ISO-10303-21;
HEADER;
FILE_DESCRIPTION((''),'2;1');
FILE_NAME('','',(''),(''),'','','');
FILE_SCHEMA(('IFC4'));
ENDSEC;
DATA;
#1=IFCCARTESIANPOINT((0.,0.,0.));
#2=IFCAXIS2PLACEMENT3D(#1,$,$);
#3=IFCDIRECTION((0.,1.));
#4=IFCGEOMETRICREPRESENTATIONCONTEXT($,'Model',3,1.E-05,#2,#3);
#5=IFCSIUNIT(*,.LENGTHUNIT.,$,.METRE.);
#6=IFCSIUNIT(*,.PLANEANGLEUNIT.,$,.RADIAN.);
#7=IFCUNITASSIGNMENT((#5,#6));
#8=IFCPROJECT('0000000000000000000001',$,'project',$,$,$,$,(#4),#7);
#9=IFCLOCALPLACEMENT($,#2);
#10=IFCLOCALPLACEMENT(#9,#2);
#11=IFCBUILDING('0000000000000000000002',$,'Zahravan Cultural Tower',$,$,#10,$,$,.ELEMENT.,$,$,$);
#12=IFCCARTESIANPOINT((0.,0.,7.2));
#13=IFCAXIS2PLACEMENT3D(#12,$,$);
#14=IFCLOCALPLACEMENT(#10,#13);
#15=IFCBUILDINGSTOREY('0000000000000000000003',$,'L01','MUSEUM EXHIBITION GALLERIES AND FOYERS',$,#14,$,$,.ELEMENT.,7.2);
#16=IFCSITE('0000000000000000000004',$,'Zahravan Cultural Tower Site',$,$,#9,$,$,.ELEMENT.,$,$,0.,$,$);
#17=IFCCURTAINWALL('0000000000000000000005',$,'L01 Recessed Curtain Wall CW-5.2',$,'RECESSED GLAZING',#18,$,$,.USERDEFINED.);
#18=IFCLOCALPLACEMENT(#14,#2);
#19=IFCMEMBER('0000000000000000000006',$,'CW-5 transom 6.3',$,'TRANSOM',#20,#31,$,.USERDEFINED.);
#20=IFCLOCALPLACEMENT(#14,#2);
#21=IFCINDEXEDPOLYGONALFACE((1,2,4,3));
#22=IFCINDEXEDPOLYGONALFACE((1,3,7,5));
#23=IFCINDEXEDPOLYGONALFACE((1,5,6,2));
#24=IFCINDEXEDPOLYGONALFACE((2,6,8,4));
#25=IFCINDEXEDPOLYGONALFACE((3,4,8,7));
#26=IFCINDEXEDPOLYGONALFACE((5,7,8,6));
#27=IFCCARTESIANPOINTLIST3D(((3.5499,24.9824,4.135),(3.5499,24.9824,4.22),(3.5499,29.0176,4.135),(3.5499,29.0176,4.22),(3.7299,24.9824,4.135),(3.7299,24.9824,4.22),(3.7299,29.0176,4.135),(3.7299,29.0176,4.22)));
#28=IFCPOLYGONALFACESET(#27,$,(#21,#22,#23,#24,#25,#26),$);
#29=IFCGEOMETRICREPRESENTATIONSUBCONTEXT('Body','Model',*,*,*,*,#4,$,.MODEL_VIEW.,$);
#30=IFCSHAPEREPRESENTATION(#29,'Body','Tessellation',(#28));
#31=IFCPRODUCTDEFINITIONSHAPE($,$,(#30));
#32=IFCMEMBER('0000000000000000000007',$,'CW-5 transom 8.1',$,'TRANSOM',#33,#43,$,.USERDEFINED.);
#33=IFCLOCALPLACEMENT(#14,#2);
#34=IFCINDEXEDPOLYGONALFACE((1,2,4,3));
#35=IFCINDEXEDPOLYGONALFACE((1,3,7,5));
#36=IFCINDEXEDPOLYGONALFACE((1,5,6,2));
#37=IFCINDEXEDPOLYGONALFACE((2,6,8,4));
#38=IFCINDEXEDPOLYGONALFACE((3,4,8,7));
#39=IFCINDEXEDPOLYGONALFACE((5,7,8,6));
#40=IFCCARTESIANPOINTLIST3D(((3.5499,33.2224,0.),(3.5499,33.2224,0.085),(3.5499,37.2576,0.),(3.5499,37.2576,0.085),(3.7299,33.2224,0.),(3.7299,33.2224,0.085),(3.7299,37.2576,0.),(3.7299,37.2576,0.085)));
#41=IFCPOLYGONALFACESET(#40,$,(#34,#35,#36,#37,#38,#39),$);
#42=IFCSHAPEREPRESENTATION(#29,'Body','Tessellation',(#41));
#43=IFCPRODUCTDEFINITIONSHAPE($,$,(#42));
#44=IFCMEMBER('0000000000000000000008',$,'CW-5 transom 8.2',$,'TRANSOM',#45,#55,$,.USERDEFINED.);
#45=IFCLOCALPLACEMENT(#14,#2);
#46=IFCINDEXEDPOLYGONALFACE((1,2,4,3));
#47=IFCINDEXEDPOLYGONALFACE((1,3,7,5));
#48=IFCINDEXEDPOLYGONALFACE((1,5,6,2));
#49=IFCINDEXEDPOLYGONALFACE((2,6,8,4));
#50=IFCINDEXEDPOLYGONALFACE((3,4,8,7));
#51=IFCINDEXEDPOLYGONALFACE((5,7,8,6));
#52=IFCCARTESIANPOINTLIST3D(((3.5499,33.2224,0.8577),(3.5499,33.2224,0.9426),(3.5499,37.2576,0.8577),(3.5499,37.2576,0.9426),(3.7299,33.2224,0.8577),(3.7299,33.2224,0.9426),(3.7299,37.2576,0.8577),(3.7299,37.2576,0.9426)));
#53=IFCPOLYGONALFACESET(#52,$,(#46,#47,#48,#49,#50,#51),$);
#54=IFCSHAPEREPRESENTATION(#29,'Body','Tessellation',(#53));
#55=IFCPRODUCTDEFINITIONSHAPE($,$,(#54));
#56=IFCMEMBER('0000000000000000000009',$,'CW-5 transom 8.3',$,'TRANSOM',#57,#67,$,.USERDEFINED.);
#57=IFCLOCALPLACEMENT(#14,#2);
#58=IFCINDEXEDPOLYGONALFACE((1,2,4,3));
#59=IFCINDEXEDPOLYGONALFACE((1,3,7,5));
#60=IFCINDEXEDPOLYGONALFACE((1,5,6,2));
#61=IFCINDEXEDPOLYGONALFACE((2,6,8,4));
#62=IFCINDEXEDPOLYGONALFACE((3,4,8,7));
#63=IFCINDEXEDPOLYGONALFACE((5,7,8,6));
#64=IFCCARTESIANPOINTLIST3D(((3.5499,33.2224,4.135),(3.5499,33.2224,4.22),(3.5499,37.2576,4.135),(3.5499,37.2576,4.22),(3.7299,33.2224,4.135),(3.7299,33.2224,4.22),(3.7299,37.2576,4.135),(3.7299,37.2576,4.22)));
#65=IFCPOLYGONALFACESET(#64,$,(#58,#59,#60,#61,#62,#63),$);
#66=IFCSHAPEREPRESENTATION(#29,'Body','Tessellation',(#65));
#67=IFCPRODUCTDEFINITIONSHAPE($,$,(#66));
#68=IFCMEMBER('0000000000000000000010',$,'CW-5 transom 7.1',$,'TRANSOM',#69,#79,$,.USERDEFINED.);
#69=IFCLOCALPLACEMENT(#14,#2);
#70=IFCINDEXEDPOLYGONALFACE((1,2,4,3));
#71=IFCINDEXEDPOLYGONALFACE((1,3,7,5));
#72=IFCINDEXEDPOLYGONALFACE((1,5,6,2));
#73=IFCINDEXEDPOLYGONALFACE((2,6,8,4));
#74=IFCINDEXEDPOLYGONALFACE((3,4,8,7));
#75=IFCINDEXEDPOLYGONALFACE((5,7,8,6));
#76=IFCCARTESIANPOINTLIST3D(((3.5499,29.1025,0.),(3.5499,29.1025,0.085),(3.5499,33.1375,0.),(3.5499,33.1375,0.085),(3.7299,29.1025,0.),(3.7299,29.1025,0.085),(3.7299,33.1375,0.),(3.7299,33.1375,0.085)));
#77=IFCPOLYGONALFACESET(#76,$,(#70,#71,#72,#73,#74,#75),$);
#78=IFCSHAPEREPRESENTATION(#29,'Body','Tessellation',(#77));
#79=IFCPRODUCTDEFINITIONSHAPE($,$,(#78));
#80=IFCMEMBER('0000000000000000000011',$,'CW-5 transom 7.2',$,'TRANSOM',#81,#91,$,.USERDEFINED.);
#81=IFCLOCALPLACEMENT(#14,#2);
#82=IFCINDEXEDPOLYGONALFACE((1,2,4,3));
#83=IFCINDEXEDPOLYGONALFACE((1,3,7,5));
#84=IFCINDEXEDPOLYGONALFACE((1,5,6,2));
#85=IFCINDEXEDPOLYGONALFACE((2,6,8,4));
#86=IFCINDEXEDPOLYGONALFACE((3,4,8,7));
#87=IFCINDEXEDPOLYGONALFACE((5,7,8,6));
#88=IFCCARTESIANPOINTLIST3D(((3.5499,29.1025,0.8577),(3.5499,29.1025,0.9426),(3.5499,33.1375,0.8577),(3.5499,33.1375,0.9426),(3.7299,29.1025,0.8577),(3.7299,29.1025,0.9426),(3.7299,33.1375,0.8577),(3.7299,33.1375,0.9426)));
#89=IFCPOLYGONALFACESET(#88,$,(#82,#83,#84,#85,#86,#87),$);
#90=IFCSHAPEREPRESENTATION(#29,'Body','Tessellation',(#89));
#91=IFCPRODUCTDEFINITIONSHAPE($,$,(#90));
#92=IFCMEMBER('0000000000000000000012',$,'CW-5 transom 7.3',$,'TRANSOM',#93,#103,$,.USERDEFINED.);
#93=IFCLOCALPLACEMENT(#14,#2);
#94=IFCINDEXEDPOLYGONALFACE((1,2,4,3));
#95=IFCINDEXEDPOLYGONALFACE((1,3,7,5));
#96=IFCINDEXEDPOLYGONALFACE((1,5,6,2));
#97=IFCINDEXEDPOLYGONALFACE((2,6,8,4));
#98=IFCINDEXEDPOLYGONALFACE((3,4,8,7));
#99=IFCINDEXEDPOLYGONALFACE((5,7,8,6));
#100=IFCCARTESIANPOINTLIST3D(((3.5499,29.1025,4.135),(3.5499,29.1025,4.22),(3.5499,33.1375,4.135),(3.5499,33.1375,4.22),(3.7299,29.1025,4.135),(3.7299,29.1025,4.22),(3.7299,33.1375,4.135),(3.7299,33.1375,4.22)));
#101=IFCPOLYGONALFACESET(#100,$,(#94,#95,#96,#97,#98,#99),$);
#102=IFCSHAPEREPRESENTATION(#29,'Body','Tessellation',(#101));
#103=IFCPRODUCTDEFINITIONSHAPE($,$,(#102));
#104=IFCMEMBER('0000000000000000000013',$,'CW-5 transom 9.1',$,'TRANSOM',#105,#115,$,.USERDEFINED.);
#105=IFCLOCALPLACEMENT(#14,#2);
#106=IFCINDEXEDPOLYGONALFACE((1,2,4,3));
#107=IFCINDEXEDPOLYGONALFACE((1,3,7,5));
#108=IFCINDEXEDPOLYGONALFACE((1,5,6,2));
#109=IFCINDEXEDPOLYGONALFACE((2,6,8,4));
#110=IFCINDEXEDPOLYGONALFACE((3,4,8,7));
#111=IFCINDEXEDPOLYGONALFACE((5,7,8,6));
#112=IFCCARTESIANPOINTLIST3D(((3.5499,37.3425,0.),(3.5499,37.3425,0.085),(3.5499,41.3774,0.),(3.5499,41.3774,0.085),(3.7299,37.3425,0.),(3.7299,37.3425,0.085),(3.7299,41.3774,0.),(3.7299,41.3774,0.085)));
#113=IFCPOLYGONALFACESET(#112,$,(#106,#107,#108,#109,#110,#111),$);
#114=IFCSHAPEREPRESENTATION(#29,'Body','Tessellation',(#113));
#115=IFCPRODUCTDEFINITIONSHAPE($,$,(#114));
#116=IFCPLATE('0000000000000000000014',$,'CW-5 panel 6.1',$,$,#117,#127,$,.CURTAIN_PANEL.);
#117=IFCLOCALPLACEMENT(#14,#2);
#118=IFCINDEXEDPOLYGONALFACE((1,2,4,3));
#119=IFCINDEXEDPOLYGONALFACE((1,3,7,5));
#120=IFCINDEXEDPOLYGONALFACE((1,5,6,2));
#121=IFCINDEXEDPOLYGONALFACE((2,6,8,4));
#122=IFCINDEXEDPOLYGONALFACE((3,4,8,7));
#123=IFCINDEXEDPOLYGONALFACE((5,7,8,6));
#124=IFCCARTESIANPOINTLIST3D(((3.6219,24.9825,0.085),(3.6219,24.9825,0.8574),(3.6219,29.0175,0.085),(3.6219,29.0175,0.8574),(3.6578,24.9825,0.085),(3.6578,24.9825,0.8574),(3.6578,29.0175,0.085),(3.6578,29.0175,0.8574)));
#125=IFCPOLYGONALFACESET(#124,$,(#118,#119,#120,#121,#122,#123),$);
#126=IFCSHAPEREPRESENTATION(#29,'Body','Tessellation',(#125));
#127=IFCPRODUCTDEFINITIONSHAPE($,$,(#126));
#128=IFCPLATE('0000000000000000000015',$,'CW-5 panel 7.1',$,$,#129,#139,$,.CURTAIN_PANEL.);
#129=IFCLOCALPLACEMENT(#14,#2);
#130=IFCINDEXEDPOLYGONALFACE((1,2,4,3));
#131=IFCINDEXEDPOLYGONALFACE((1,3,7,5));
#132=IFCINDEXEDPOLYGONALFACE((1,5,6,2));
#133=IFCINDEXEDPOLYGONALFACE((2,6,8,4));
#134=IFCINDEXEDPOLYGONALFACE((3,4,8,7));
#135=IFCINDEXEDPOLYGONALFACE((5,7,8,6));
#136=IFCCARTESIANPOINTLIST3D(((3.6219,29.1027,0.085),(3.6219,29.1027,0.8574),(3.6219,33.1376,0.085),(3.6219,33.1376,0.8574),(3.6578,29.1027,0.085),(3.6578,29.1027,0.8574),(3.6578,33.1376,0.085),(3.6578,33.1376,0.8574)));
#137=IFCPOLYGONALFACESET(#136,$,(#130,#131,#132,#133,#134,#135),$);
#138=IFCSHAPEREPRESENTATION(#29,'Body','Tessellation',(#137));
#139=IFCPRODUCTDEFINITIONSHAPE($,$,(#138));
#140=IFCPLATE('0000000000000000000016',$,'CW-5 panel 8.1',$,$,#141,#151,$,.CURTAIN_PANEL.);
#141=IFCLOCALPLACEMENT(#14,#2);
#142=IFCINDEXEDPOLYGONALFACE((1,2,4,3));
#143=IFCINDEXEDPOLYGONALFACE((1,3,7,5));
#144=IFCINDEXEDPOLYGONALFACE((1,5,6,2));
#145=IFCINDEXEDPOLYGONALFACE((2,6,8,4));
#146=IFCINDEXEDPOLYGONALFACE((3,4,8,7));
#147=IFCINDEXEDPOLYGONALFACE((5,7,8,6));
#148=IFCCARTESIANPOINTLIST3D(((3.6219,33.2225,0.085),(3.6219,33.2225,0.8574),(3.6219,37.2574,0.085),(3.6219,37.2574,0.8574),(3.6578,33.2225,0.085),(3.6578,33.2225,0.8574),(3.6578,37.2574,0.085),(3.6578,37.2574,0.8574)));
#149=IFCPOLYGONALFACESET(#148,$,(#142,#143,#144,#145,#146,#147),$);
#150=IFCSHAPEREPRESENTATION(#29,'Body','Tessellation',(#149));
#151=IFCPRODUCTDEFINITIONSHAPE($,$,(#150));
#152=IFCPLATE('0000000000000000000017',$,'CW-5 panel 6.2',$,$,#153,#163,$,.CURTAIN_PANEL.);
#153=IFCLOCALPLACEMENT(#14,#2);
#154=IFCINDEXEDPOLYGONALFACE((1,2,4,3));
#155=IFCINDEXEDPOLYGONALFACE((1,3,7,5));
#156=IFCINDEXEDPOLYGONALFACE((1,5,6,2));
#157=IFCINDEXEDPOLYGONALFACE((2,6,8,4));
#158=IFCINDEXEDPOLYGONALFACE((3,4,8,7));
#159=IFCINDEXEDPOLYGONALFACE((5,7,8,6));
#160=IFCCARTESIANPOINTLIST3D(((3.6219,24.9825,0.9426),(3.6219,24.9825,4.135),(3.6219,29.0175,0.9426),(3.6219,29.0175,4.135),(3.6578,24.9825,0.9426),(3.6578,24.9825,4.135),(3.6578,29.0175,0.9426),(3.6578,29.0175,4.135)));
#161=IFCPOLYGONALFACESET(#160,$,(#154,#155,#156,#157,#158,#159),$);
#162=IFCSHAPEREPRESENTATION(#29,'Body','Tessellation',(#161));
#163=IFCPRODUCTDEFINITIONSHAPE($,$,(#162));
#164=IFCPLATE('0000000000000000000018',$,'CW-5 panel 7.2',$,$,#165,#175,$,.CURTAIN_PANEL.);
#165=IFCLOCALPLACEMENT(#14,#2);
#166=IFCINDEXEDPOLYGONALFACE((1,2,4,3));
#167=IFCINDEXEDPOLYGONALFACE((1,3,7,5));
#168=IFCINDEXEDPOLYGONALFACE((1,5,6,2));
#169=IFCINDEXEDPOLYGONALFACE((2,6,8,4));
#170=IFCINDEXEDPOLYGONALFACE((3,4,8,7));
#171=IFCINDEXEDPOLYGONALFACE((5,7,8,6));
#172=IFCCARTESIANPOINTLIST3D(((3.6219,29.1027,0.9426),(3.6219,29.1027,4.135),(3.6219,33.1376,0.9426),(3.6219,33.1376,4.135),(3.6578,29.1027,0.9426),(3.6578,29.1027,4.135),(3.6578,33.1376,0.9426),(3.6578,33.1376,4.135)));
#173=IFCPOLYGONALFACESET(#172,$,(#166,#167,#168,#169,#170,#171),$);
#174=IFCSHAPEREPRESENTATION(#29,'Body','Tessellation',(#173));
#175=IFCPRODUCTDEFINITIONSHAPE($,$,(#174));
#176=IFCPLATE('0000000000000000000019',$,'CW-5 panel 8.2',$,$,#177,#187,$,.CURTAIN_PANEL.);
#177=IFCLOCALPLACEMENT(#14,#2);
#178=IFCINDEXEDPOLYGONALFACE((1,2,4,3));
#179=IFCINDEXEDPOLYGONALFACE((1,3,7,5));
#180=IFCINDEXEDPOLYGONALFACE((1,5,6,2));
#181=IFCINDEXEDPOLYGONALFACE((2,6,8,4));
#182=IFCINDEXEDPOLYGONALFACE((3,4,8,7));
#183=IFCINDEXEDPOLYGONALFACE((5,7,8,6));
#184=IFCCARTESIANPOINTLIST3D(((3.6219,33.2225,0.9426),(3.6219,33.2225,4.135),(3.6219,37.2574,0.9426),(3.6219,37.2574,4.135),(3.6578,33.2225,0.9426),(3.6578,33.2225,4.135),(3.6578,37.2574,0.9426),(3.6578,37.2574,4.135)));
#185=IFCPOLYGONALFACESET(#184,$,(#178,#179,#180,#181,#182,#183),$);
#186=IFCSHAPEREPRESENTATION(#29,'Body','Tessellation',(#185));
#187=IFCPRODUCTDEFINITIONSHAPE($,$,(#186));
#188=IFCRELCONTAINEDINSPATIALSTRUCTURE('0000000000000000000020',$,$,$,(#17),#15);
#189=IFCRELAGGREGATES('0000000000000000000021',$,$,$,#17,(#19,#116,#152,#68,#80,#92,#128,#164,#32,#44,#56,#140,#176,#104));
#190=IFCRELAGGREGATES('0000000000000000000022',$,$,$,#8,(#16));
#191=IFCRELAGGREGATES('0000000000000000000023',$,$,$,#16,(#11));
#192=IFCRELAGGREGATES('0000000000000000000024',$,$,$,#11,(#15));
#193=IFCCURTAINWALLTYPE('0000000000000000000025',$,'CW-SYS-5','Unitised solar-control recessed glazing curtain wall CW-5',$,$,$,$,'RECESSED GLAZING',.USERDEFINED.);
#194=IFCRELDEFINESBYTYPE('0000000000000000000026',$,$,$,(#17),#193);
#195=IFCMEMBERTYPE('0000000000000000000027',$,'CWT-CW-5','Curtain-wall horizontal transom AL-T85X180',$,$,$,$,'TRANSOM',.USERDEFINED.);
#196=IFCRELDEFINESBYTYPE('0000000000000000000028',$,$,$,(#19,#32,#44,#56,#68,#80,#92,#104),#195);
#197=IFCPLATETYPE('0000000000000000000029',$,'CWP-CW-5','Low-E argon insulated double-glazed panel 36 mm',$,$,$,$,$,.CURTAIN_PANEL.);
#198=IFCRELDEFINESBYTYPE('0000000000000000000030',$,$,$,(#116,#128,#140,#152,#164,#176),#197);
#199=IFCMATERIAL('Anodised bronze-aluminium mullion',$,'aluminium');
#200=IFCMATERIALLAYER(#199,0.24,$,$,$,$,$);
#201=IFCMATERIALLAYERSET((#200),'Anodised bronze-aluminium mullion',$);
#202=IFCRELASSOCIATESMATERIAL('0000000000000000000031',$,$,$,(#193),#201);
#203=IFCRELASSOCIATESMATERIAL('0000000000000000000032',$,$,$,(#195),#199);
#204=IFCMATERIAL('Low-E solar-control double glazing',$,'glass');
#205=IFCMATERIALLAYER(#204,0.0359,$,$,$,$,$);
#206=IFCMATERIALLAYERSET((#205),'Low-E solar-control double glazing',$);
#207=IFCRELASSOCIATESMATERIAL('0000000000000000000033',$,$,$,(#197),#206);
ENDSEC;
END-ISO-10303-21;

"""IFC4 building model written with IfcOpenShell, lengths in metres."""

from ifc_helpers import new_model, si_unit, direction, frame, origin, origin_2d, place, context, subcontext, project, spatial, rectangle, extrude, source, transform, mapped, material, layer, layer_set, material_profile, profile_set, type_object, element, aggregate, save


model = new_model("IFC4")

# Units and contexts
model_context = context("Model", 3, precision=1e-05, world=origin(), true_north=direction((0.0, 1.0)))
body_context = subcontext(model_context, "Body", "Model", "MODEL_VIEW")
ifc_project = project(units=[si_unit("LENGTHUNIT", "METRE"), si_unit("PLANEANGLEUNIT", "RADIAN")], contexts=[model_context])

# Site, building, storey
site_placement = place(None, origin())
site = spatial("IfcSite", under=ifc_project, at=site_placement, Name="Zahravan Cultural Tower Site", CompositionType="ELEMENT", RefElevation=0.0)
building_placement = place(site_placement, origin())
building = spatial("IfcBuilding", under=site, at=building_placement, Name="Zahravan Cultural Tower", CompositionType="ELEMENT")
storey_placement = place(building_placement, frame((0.0, 0.0, 7.2)))
storey = spatial("IfcBuildingStorey", under=building, at=storey_placement, Name="L01", Description="MUSEUM EXHIBITION GALLERIES AND FOYERS", CompositionType="ELEMENT", Elevation=7.2)

# Curtain wall, members, plates
ifc_material_1 = material(Name="Anodised bronze-aluminium mullion", Category="aluminium")
ifc_layer_1 = layer(ifc_material_1, 0.24)
ifc_layer_set_1 = layer_set([ifc_layer_1], Name="Anodised bronze-aluminium mullion")
curtain_wall_type = type_object("IfcCurtainWallType", Name="CW-SYS-5", Description="Unitised solar-control recessed glazing curtain wall CW-5", ElementType="RECESSED GLAZING", PredefinedType="USERDEFINED", material=ifc_layer_set_1)
curtain_wall_placement = place(storey_placement, origin())
curtain_wall = element("IfcCurtainWall", 1, at=curtain_wall_placement, inside=storey, type_object=curtain_wall_type, Name="L01 Recessed Curtain Wall CW-5.2", ObjectType="RECESSED GLAZING", PredefinedType="USERDEFINED")
ifc_material_profile_1 = material_profile(ifc_material_1, rectangle(XDim=0.1799, YDim=0.085, at=origin_2d()), Name="AL-T85X180")
ifc_profile_set_1 = profile_set([ifc_material_profile_1], Name="Anodised bronze-aluminium mullion")
member_type_1 = type_object("IfcMemberType", Name="CWT-CW-5", Description="Curtain-wall horizontal transom AL-T85X180", ElementType="TRANSOM", PredefinedType="USERDEFINED", material=ifc_profile_set_1)
shared_shape_1 = source(origin(), body_context, "Body", "SweptSolid", [
    extrude(rectangle(XDim=0.1799, YDim=0.085, at=origin_2d()), origin(), (0.0, 0.0, 1.0), 4.0352),
])
member_1_placement = place(storey_placement, frame((3.6399, 24.9824, 4.1775), z_axis=(0.0, 1.0, 0.0), x_axis=(-1.0, 0.0, 0.0)))
member_1 = element("IfcMember", 2, at=member_1_placement, type_object=member_type_1, Name="CW-5 transom 6.3", ObjectType="TRANSOM", PredefinedType="USERDEFINED", context=body_context, shape_type="MappedRepresentation", body=[
    mapped(shared_shape_1, transform((0.0, 0.0, 0.0), x_axis=(1.0, 0.0, 0.0), y_axis=(0.0, 1.0, 0.0), z_axis=(0.0, 0.0, 1.0), scale=1.0)),
])
member_2_placement = place(storey_placement, frame((3.6399, 33.2224, 0.0425), z_axis=(0.0, 1.0, 0.0), x_axis=(-1.0, 0.0, 0.0)))
member_2 = element("IfcMember", 3, at=member_2_placement, type_object=member_type_1, Name="CW-5 transom 8.1", ObjectType="TRANSOM", PredefinedType="USERDEFINED", context=body_context, shape_type="MappedRepresentation", body=[
    mapped(shared_shape_1, transform((0.0, 0.0, 0.0), x_axis=(1.0, 0.0, 0.0), y_axis=(0.0, 1.0, 0.0), z_axis=(0.0, 0.0, 1.0), scale=1.0)),
])
member_3_placement = place(storey_placement, frame((3.6399, 33.2224, 0.9001), z_axis=(0.0, 1.0, 0.0), x_axis=(-1.0, 0.0, 0.0)))
member_3 = element("IfcMember", 4, at=member_3_placement, type_object=member_type_1, Name="CW-5 transom 8.2", ObjectType="TRANSOM", PredefinedType="USERDEFINED", context=body_context, shape_type="MappedRepresentation", body=[
    mapped(shared_shape_1, transform((0.0, 0.0, 0.0), x_axis=(1.0, 0.0, 0.0), y_axis=(0.0, 1.0, 0.0), z_axis=(0.0, 0.0, 1.0), scale=1.0)),
])
member_4_placement = place(storey_placement, frame((3.6399, 33.2224, 4.1775), z_axis=(0.0, 1.0, 0.0), x_axis=(-1.0, 0.0, 0.0)))
member_4 = element("IfcMember", 5, at=member_4_placement, type_object=member_type_1, Name="CW-5 transom 8.3", ObjectType="TRANSOM", PredefinedType="USERDEFINED", context=body_context, shape_type="MappedRepresentation", body=[
    mapped(shared_shape_1, transform((0.0, 0.0, 0.0), x_axis=(1.0, 0.0, 0.0), y_axis=(0.0, 1.0, 0.0), z_axis=(0.0, 0.0, 1.0), scale=1.0)),
])
shared_shape_2 = source(origin(), body_context, "Body", "SweptSolid", [
    extrude(rectangle(XDim=0.1799, YDim=0.085, at=origin_2d()), origin(), (0.0, 0.0, 1.0), 4.0349),
])
member_5_placement = place(storey_placement, frame((3.6399, 29.1025, 0.0425), z_axis=(0.0, 1.0, 0.0), x_axis=(-1.0, 0.0, 0.0)))
member_5 = element("IfcMember", 6, at=member_5_placement, type_object=member_type_1, Name="CW-5 transom 7.1", ObjectType="TRANSOM", PredefinedType="USERDEFINED", context=body_context, shape_type="MappedRepresentation", body=[
    mapped(shared_shape_2, transform((0.0, 0.0, 0.0), x_axis=(1.0, 0.0, 0.0), y_axis=(0.0, 1.0, 0.0), z_axis=(0.0, 0.0, 1.0), scale=1.0)),
])
member_6_placement = place(storey_placement, frame((3.6399, 29.1025, 0.9001), z_axis=(0.0, 1.0, 0.0), x_axis=(-1.0, 0.0, 0.0)))
member_6 = element("IfcMember", 7, at=member_6_placement, type_object=member_type_1, Name="CW-5 transom 7.2", ObjectType="TRANSOM", PredefinedType="USERDEFINED", context=body_context, shape_type="MappedRepresentation", body=[
    mapped(shared_shape_2, transform((0.0, 0.0, 0.0), x_axis=(1.0, 0.0, 0.0), y_axis=(0.0, 1.0, 0.0), z_axis=(0.0, 0.0, 1.0), scale=1.0)),
])
member_7_placement = place(storey_placement, frame((3.6399, 29.1025, 4.1775), z_axis=(0.0, 1.0, 0.0), x_axis=(-1.0, 0.0, 0.0)))
member_7 = element("IfcMember", 8, at=member_7_placement, type_object=member_type_1, Name="CW-5 transom 7.3", ObjectType="TRANSOM", PredefinedType="USERDEFINED", context=body_context, shape_type="MappedRepresentation", body=[
    mapped(shared_shape_2, transform((0.0, 0.0, 0.0), x_axis=(1.0, 0.0, 0.0), y_axis=(0.0, 1.0, 0.0), z_axis=(0.0, 0.0, 1.0), scale=1.0)),
])
member_8_placement = place(storey_placement, frame((3.6399, 37.3425, 0.0425), z_axis=(0.0, 1.0, 0.0), x_axis=(-1.0, 0.0, 0.0)))
member_8 = element("IfcMember", 9, at=member_8_placement, type_object=member_type_1, Name="CW-5 transom 9.1", ObjectType="TRANSOM", PredefinedType="USERDEFINED", context=body_context, shape_type="MappedRepresentation", body=[
    mapped(shared_shape_2, transform((0.0, 0.0, 0.0), x_axis=(1.0, 0.0, 0.0), y_axis=(0.0, 1.0, 0.0), z_axis=(0.0, 0.0, 1.0), scale=1.0)),
])
ifc_material_2 = material(Name="Low-E solar-control double glazing", Category="glass")
ifc_layer_2 = layer(ifc_material_2, 0.0359)
ifc_layer_set_2 = layer_set([ifc_layer_2], Name="Low-E solar-control double glazing")
plate_type = type_object("IfcPlateType", Name="CWP-CW-5", Description="Low-E argon insulated double-glazed panel 36 mm", PredefinedType="CURTAIN_PANEL", material=ifc_layer_set_2)
shared_shape_3 = source(origin(), body_context, "Body", "SweptSolid", [
    extrude(rectangle(XDim=4.0349, YDim=0.0359, at=origin_2d()), origin(), (0.0, 0.0, 1.0), 0.7725),
])
plate_1_placement = place(storey_placement, frame((3.6399, 27.0, 0.085), z_axis=(0.0, 0.0, 1.0), x_axis=(0.0, 1.0, 0.0)))
plate_1 = element("IfcPlate", 10, at=plate_1_placement, type_object=plate_type, Name="CW-5 panel 6.1", PredefinedType="CURTAIN_PANEL", context=body_context, shape_type="MappedRepresentation", body=[
    mapped(shared_shape_3, transform((0.0, 0.0, 0.0), x_axis=(1.0, 0.0, 0.0), y_axis=(0.0, 1.0, 0.0), z_axis=(0.0, 0.0, 1.0), scale=1.0)),
])
plate_2_placement = place(storey_placement, frame((3.6399, 31.1201, 0.085), z_axis=(0.0, 0.0, 1.0), x_axis=(0.0, 1.0, 0.0)))
plate_2 = element("IfcPlate", 11, at=plate_2_placement, type_object=plate_type, Name="CW-5 panel 7.1", PredefinedType="CURTAIN_PANEL", context=body_context, shape_type="MappedRepresentation", body=[
    mapped(shared_shape_3, transform((0.0, 0.0, 0.0), x_axis=(1.0, 0.0, 0.0), y_axis=(0.0, 1.0, 0.0), z_axis=(0.0, 0.0, 1.0), scale=1.0)),
])
plate_3_placement = place(storey_placement, frame((3.6399, 35.24, 0.085), z_axis=(0.0, 0.0, 1.0), x_axis=(0.0, 1.0, 0.0)))
plate_3 = element("IfcPlate", 12, at=plate_3_placement, type_object=plate_type, Name="CW-5 panel 8.1", PredefinedType="CURTAIN_PANEL", context=body_context, shape_type="MappedRepresentation", body=[
    mapped(shared_shape_3, transform((0.0, 0.0, 0.0), x_axis=(1.0, 0.0, 0.0), y_axis=(0.0, 1.0, 0.0), z_axis=(0.0, 0.0, 1.0), scale=1.0)),
])
shared_shape_4 = source(origin(), body_context, "Body", "SweptSolid", [
    extrude(rectangle(XDim=4.0349, YDim=0.0359, at=origin_2d()), origin(), (0.0, 0.0, 1.0), 3.1924),
])
plate_4_placement = place(storey_placement, frame((3.6399, 27.0, 0.9426), z_axis=(0.0, 0.0, 1.0), x_axis=(0.0, 1.0, 0.0)))
plate_4 = element("IfcPlate", 13, at=plate_4_placement, type_object=plate_type, Name="CW-5 panel 6.2", PredefinedType="CURTAIN_PANEL", context=body_context, shape_type="MappedRepresentation", body=[
    mapped(shared_shape_4, transform((0.0, 0.0, 0.0), x_axis=(1.0, 0.0, 0.0), y_axis=(0.0, 1.0, 0.0), z_axis=(0.0, 0.0, 1.0), scale=1.0)),
])
plate_5_placement = place(storey_placement, frame((3.6399, 31.1201, 0.9426), z_axis=(0.0, 0.0, 1.0), x_axis=(0.0, 1.0, 0.0)))
plate_5 = element("IfcPlate", 14, at=plate_5_placement, type_object=plate_type, Name="CW-5 panel 7.2", PredefinedType="CURTAIN_PANEL", context=body_context, shape_type="MappedRepresentation", body=[
    mapped(shared_shape_4, transform((0.0, 0.0, 0.0), x_axis=(1.0, 0.0, 0.0), y_axis=(0.0, 1.0, 0.0), z_axis=(0.0, 0.0, 1.0), scale=1.0)),
])
plate_6_placement = place(storey_placement, frame((3.6399, 35.24, 0.9426), z_axis=(0.0, 0.0, 1.0), x_axis=(0.0, 1.0, 0.0)))
plate_6 = element("IfcPlate", 15, at=plate_6_placement, type_object=plate_type, Name="CW-5 panel 8.2", PredefinedType="CURTAIN_PANEL", context=body_context, shape_type="MappedRepresentation", body=[
    mapped(shared_shape_4, transform((0.0, 0.0, 0.0), x_axis=(1.0, 0.0, 0.0), y_axis=(0.0, 1.0, 0.0), z_axis=(0.0, 0.0, 1.0), scale=1.0)),
])
aggregate(curtain_wall, [member_1, plate_1, plate_4, member_5, member_6, member_7, plate_2, plate_5, member_2, member_3, member_4, plate_3, plate_6, member_8])

save(model, "model.ifc")
